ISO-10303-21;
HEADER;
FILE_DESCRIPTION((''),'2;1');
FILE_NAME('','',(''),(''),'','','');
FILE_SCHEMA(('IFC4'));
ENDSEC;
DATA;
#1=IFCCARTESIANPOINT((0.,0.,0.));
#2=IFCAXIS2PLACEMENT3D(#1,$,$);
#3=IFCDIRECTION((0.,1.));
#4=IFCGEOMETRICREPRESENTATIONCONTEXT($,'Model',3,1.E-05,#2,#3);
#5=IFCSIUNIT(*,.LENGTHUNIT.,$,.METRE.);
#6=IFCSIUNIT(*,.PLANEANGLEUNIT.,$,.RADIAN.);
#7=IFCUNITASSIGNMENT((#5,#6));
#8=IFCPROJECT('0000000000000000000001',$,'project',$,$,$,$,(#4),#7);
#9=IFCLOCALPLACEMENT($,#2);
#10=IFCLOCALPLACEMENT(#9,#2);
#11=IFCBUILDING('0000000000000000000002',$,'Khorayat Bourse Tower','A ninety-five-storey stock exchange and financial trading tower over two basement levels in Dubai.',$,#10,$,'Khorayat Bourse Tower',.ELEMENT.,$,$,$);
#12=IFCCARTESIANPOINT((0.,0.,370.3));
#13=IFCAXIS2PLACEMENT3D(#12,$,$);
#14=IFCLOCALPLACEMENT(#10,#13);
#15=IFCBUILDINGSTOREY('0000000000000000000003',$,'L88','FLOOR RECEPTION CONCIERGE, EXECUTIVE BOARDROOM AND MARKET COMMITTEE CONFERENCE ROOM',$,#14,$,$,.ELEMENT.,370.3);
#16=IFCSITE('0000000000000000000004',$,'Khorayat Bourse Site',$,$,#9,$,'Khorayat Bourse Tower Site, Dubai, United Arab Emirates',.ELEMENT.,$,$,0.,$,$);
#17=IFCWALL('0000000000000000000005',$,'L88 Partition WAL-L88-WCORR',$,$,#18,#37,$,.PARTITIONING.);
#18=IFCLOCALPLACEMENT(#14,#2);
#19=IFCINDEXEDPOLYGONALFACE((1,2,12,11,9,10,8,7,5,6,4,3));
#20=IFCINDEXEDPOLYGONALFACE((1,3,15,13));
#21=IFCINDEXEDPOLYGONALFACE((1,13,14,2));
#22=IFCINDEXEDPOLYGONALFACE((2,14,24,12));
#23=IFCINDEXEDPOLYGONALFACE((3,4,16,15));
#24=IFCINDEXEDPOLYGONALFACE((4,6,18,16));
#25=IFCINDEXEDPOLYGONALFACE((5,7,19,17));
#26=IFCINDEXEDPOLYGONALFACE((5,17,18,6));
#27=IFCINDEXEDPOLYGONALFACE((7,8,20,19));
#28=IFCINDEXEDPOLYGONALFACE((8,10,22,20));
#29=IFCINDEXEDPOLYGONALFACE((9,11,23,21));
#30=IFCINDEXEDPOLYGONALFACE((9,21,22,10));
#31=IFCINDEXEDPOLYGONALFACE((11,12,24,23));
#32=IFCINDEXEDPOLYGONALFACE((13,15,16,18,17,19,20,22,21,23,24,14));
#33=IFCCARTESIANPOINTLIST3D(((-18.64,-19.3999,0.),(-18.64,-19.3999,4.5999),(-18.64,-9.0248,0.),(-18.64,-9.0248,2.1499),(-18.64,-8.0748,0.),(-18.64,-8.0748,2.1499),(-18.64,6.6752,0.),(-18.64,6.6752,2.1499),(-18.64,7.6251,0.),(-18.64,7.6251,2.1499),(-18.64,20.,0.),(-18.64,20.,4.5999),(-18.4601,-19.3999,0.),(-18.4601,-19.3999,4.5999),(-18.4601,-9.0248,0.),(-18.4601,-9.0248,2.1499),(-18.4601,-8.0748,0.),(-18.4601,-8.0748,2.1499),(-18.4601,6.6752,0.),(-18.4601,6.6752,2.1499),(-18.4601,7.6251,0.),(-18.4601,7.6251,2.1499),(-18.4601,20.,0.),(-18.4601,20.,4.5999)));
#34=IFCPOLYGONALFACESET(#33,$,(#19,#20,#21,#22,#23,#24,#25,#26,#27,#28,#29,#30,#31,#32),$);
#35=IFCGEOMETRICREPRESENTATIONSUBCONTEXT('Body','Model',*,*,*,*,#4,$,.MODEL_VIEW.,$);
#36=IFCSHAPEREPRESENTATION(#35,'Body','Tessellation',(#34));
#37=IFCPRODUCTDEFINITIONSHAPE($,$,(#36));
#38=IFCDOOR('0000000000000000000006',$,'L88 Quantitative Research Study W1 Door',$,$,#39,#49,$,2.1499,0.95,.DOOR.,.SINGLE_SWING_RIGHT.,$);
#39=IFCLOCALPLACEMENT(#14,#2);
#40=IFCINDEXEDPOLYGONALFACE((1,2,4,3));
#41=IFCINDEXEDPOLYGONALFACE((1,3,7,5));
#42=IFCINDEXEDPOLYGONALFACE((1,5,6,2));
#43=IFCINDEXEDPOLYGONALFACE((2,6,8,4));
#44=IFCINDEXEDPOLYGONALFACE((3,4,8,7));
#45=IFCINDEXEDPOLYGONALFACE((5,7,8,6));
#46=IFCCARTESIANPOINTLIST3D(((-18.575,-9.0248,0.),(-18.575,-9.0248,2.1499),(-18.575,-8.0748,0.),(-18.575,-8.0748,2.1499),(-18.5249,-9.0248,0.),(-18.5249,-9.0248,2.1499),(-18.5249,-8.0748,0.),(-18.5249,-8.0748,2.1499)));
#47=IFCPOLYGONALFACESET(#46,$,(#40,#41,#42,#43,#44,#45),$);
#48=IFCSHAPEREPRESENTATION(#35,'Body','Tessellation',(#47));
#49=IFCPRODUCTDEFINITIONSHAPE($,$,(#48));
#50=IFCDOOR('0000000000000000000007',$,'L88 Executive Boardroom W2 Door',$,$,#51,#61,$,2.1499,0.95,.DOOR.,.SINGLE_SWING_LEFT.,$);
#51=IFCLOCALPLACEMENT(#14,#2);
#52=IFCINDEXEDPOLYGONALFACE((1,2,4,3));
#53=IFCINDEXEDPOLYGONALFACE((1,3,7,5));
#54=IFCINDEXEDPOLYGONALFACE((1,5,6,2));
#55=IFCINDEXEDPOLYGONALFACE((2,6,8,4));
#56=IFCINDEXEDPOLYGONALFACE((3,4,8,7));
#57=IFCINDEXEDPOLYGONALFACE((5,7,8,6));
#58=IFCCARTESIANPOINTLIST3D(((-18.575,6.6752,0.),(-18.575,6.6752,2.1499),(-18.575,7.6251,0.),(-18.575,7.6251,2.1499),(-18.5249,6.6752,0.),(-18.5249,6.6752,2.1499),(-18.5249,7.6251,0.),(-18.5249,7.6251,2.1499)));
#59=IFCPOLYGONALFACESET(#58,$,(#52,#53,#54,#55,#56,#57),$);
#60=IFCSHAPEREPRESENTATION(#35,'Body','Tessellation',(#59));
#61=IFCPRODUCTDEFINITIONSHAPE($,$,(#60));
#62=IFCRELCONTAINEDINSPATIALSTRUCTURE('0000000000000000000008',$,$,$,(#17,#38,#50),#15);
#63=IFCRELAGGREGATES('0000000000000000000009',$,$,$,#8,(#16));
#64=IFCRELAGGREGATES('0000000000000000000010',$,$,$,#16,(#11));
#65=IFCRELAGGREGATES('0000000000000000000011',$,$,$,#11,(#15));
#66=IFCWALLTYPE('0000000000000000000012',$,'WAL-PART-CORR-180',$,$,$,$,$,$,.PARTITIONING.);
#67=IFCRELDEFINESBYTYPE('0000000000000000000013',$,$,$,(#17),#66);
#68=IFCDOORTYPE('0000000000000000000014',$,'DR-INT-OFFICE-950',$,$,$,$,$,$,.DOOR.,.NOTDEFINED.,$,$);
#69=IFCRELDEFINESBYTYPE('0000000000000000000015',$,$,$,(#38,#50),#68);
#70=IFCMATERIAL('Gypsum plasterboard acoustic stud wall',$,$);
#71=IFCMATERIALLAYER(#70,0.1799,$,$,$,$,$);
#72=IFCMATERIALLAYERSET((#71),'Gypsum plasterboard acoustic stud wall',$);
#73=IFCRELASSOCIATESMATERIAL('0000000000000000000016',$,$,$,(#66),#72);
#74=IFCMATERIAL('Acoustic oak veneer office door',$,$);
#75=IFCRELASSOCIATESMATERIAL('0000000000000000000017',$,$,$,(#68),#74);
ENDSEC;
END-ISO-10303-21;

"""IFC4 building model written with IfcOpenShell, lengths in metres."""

from ifc_helpers import new_model, si_unit, direction, frame, frame_2d, origin, place, context, subcontext, project, spatial, rectangle, extrude, source, transform, mapped, material, layer, layer_set, type_object, element, fill, save


model = new_model("IFC4")

# Units and contexts
model_context = context("Model", 3, precision=1e-05, world=origin(), true_north=direction((0.0, 1.0)))
body_context = subcontext(model_context, "Body", "Model", "MODEL_VIEW")
ifc_project = project(units=[si_unit("LENGTHUNIT", "METRE"), si_unit("PLANEANGLEUNIT", "RADIAN")], contexts=[model_context])

# Site, building, storey
site_placement = place(None, origin())
site = spatial("IfcSite", under=ifc_project, at=site_placement, Name="Khorayat Bourse Site", LongName="Khorayat Bourse Tower Site, Dubai, United Arab Emirates", CompositionType="ELEMENT", RefElevation=0.0)
building_placement = place(site_placement, origin())
building = spatial("IfcBuilding", under=site, at=building_placement, Name="Khorayat Bourse Tower", Description="A ninety-five-storey stock exchange and financial trading tower over two basement levels in Dubai.", LongName="Khorayat Bourse Tower", CompositionType="ELEMENT")
storey_placement = place(building_placement, frame((0.0, 0.0, 370.3)))
storey = spatial("IfcBuildingStorey", under=building, at=storey_placement, Name="L88", Description="FLOOR RECEPTION CONCIERGE, EXECUTIVE BOARDROOM AND MARKET COMMITTEE CONFERENCE ROOM", CompositionType="ELEMENT", Elevation=370.3)

# Shared definitions
ifc_material_1 = material(Name="Gypsum plasterboard acoustic stud wall")
ifc_layer_1 = layer(ifc_material_1, 0.1799)
ifc_layer_set_1 = layer_set([ifc_layer_1], Name="Gypsum plasterboard acoustic stud wall")
wall_type_1 = type_object("IfcWallType", Name="WAL-PART-CORR-180", PredefinedType="PARTITIONING", material=ifc_layer_set_1)

# Shared definitions
ifc_material_2 = material(Name="Acoustic oak veneer office door")
door_type_1 = type_object("IfcDoorType", Name="DR-INT-OFFICE-950", OperationType="NOTDEFINED", PredefinedType="DOOR", material=ifc_material_2)
shared_shape_1 = source(origin(), body_context, "Body", "SweptSolid", [
    extrude(rectangle(XDim=0.95, YDim=2.1499, at=frame_2d((0.4751, 1.075))), frame((0.0, 0.0249, 0.0), z_axis=(0.0, -1.0, 0.0), x_axis=(1.0, 0.0, 0.0)), (0.0, 0.0, 1.0), 0.05),
])

# Wall, openings, doors
shared_shape_2 = source(origin(), body_context, "Body", "SweptSolid", [
    extrude(rectangle(XDim=39.3999, YDim=0.1799, at=frame_2d((19.7, 0.0))), origin(), (0.0, 0.0, 1.0), 4.5999),
])
wall_1_placement = place(storey_placement, frame((-18.55, -19.3999, 0.0), z_axis=(0.0, 0.0, 1.0), x_axis=(0.0, 1.0, 0.0)))
wall_1 = element("IfcWall", 1, at=wall_1_placement, inside=storey, type_object=wall_type_1, Name="L88 Partition WAL-L88-WCORR", PredefinedType="PARTITIONING", context=body_context, shape_type="MappedRepresentation", body=[
    mapped(shared_shape_2, transform((0.0, 0.0, 0.0), scale=1.0)),
])
shared_shape_3 = source(origin(), body_context, "Body", "SweptSolid", [
    extrude(rectangle(XDim=0.95, YDim=2.1499, at=frame_2d((0.4751, 1.075))), frame((0.0, 0.0999, 0.0), z_axis=(0.0, -1.0, 0.0), x_axis=(1.0, 0.0, 0.0)), (0.0, 0.0, 1.0), 0.2),
])
opening_1_placement = place(wall_1_placement, frame((10.375, 0.0, 0.0)))
opening_1 = element("IfcOpeningElement", 2, at=opening_1_placement, cuts=wall_1, PredefinedType="OPENING", context=body_context, shape_type="MappedRepresentation", body=[
    mapped(shared_shape_3, transform((0.0, 0.0, 0.0), scale=1.0)),
])
opening_2_placement = place(wall_1_placement, frame((26.075, 0.0, 0.0)))
opening_2 = element("IfcOpeningElement", 3, at=opening_2_placement, cuts=wall_1, PredefinedType="OPENING", context=body_context, shape_type="MappedRepresentation", body=[
    mapped(shared_shape_3, transform((0.0, 0.0, 0.0), scale=1.0)),
])
door_1_placement = place(opening_1_placement, origin())
door_1 = element("IfcDoor", 4, at=door_1_placement, inside=storey, type_object=door_type_1, Name="L88 Quantitative Research Study W1 Door", OperationType="SINGLE_SWING_RIGHT", OverallHeight=2.1499, OverallWidth=0.95, PredefinedType="DOOR", context=body_context, shape_type="MappedRepresentation", body=[
    mapped(shared_shape_1, transform((0.0, 0.0, 0.0), scale=1.0)),
])
fill(opening_1, door_1)
door_2_placement = place(opening_2_placement, origin())
door_2 = element("IfcDoor", 5, at=door_2_placement, inside=storey, type_object=door_type_1, Name="L88 Executive Boardroom W2 Door", OperationType="SINGLE_SWING_LEFT", OverallHeight=2.1499, OverallWidth=0.95, PredefinedType="DOOR", context=body_context, shape_type="MappedRepresentation", body=[
    mapped(shared_shape_1, transform((0.0, 0.0, 0.0), scale=1.0)),
])
fill(opening_2, door_2)

save(model, "model.ifc")
